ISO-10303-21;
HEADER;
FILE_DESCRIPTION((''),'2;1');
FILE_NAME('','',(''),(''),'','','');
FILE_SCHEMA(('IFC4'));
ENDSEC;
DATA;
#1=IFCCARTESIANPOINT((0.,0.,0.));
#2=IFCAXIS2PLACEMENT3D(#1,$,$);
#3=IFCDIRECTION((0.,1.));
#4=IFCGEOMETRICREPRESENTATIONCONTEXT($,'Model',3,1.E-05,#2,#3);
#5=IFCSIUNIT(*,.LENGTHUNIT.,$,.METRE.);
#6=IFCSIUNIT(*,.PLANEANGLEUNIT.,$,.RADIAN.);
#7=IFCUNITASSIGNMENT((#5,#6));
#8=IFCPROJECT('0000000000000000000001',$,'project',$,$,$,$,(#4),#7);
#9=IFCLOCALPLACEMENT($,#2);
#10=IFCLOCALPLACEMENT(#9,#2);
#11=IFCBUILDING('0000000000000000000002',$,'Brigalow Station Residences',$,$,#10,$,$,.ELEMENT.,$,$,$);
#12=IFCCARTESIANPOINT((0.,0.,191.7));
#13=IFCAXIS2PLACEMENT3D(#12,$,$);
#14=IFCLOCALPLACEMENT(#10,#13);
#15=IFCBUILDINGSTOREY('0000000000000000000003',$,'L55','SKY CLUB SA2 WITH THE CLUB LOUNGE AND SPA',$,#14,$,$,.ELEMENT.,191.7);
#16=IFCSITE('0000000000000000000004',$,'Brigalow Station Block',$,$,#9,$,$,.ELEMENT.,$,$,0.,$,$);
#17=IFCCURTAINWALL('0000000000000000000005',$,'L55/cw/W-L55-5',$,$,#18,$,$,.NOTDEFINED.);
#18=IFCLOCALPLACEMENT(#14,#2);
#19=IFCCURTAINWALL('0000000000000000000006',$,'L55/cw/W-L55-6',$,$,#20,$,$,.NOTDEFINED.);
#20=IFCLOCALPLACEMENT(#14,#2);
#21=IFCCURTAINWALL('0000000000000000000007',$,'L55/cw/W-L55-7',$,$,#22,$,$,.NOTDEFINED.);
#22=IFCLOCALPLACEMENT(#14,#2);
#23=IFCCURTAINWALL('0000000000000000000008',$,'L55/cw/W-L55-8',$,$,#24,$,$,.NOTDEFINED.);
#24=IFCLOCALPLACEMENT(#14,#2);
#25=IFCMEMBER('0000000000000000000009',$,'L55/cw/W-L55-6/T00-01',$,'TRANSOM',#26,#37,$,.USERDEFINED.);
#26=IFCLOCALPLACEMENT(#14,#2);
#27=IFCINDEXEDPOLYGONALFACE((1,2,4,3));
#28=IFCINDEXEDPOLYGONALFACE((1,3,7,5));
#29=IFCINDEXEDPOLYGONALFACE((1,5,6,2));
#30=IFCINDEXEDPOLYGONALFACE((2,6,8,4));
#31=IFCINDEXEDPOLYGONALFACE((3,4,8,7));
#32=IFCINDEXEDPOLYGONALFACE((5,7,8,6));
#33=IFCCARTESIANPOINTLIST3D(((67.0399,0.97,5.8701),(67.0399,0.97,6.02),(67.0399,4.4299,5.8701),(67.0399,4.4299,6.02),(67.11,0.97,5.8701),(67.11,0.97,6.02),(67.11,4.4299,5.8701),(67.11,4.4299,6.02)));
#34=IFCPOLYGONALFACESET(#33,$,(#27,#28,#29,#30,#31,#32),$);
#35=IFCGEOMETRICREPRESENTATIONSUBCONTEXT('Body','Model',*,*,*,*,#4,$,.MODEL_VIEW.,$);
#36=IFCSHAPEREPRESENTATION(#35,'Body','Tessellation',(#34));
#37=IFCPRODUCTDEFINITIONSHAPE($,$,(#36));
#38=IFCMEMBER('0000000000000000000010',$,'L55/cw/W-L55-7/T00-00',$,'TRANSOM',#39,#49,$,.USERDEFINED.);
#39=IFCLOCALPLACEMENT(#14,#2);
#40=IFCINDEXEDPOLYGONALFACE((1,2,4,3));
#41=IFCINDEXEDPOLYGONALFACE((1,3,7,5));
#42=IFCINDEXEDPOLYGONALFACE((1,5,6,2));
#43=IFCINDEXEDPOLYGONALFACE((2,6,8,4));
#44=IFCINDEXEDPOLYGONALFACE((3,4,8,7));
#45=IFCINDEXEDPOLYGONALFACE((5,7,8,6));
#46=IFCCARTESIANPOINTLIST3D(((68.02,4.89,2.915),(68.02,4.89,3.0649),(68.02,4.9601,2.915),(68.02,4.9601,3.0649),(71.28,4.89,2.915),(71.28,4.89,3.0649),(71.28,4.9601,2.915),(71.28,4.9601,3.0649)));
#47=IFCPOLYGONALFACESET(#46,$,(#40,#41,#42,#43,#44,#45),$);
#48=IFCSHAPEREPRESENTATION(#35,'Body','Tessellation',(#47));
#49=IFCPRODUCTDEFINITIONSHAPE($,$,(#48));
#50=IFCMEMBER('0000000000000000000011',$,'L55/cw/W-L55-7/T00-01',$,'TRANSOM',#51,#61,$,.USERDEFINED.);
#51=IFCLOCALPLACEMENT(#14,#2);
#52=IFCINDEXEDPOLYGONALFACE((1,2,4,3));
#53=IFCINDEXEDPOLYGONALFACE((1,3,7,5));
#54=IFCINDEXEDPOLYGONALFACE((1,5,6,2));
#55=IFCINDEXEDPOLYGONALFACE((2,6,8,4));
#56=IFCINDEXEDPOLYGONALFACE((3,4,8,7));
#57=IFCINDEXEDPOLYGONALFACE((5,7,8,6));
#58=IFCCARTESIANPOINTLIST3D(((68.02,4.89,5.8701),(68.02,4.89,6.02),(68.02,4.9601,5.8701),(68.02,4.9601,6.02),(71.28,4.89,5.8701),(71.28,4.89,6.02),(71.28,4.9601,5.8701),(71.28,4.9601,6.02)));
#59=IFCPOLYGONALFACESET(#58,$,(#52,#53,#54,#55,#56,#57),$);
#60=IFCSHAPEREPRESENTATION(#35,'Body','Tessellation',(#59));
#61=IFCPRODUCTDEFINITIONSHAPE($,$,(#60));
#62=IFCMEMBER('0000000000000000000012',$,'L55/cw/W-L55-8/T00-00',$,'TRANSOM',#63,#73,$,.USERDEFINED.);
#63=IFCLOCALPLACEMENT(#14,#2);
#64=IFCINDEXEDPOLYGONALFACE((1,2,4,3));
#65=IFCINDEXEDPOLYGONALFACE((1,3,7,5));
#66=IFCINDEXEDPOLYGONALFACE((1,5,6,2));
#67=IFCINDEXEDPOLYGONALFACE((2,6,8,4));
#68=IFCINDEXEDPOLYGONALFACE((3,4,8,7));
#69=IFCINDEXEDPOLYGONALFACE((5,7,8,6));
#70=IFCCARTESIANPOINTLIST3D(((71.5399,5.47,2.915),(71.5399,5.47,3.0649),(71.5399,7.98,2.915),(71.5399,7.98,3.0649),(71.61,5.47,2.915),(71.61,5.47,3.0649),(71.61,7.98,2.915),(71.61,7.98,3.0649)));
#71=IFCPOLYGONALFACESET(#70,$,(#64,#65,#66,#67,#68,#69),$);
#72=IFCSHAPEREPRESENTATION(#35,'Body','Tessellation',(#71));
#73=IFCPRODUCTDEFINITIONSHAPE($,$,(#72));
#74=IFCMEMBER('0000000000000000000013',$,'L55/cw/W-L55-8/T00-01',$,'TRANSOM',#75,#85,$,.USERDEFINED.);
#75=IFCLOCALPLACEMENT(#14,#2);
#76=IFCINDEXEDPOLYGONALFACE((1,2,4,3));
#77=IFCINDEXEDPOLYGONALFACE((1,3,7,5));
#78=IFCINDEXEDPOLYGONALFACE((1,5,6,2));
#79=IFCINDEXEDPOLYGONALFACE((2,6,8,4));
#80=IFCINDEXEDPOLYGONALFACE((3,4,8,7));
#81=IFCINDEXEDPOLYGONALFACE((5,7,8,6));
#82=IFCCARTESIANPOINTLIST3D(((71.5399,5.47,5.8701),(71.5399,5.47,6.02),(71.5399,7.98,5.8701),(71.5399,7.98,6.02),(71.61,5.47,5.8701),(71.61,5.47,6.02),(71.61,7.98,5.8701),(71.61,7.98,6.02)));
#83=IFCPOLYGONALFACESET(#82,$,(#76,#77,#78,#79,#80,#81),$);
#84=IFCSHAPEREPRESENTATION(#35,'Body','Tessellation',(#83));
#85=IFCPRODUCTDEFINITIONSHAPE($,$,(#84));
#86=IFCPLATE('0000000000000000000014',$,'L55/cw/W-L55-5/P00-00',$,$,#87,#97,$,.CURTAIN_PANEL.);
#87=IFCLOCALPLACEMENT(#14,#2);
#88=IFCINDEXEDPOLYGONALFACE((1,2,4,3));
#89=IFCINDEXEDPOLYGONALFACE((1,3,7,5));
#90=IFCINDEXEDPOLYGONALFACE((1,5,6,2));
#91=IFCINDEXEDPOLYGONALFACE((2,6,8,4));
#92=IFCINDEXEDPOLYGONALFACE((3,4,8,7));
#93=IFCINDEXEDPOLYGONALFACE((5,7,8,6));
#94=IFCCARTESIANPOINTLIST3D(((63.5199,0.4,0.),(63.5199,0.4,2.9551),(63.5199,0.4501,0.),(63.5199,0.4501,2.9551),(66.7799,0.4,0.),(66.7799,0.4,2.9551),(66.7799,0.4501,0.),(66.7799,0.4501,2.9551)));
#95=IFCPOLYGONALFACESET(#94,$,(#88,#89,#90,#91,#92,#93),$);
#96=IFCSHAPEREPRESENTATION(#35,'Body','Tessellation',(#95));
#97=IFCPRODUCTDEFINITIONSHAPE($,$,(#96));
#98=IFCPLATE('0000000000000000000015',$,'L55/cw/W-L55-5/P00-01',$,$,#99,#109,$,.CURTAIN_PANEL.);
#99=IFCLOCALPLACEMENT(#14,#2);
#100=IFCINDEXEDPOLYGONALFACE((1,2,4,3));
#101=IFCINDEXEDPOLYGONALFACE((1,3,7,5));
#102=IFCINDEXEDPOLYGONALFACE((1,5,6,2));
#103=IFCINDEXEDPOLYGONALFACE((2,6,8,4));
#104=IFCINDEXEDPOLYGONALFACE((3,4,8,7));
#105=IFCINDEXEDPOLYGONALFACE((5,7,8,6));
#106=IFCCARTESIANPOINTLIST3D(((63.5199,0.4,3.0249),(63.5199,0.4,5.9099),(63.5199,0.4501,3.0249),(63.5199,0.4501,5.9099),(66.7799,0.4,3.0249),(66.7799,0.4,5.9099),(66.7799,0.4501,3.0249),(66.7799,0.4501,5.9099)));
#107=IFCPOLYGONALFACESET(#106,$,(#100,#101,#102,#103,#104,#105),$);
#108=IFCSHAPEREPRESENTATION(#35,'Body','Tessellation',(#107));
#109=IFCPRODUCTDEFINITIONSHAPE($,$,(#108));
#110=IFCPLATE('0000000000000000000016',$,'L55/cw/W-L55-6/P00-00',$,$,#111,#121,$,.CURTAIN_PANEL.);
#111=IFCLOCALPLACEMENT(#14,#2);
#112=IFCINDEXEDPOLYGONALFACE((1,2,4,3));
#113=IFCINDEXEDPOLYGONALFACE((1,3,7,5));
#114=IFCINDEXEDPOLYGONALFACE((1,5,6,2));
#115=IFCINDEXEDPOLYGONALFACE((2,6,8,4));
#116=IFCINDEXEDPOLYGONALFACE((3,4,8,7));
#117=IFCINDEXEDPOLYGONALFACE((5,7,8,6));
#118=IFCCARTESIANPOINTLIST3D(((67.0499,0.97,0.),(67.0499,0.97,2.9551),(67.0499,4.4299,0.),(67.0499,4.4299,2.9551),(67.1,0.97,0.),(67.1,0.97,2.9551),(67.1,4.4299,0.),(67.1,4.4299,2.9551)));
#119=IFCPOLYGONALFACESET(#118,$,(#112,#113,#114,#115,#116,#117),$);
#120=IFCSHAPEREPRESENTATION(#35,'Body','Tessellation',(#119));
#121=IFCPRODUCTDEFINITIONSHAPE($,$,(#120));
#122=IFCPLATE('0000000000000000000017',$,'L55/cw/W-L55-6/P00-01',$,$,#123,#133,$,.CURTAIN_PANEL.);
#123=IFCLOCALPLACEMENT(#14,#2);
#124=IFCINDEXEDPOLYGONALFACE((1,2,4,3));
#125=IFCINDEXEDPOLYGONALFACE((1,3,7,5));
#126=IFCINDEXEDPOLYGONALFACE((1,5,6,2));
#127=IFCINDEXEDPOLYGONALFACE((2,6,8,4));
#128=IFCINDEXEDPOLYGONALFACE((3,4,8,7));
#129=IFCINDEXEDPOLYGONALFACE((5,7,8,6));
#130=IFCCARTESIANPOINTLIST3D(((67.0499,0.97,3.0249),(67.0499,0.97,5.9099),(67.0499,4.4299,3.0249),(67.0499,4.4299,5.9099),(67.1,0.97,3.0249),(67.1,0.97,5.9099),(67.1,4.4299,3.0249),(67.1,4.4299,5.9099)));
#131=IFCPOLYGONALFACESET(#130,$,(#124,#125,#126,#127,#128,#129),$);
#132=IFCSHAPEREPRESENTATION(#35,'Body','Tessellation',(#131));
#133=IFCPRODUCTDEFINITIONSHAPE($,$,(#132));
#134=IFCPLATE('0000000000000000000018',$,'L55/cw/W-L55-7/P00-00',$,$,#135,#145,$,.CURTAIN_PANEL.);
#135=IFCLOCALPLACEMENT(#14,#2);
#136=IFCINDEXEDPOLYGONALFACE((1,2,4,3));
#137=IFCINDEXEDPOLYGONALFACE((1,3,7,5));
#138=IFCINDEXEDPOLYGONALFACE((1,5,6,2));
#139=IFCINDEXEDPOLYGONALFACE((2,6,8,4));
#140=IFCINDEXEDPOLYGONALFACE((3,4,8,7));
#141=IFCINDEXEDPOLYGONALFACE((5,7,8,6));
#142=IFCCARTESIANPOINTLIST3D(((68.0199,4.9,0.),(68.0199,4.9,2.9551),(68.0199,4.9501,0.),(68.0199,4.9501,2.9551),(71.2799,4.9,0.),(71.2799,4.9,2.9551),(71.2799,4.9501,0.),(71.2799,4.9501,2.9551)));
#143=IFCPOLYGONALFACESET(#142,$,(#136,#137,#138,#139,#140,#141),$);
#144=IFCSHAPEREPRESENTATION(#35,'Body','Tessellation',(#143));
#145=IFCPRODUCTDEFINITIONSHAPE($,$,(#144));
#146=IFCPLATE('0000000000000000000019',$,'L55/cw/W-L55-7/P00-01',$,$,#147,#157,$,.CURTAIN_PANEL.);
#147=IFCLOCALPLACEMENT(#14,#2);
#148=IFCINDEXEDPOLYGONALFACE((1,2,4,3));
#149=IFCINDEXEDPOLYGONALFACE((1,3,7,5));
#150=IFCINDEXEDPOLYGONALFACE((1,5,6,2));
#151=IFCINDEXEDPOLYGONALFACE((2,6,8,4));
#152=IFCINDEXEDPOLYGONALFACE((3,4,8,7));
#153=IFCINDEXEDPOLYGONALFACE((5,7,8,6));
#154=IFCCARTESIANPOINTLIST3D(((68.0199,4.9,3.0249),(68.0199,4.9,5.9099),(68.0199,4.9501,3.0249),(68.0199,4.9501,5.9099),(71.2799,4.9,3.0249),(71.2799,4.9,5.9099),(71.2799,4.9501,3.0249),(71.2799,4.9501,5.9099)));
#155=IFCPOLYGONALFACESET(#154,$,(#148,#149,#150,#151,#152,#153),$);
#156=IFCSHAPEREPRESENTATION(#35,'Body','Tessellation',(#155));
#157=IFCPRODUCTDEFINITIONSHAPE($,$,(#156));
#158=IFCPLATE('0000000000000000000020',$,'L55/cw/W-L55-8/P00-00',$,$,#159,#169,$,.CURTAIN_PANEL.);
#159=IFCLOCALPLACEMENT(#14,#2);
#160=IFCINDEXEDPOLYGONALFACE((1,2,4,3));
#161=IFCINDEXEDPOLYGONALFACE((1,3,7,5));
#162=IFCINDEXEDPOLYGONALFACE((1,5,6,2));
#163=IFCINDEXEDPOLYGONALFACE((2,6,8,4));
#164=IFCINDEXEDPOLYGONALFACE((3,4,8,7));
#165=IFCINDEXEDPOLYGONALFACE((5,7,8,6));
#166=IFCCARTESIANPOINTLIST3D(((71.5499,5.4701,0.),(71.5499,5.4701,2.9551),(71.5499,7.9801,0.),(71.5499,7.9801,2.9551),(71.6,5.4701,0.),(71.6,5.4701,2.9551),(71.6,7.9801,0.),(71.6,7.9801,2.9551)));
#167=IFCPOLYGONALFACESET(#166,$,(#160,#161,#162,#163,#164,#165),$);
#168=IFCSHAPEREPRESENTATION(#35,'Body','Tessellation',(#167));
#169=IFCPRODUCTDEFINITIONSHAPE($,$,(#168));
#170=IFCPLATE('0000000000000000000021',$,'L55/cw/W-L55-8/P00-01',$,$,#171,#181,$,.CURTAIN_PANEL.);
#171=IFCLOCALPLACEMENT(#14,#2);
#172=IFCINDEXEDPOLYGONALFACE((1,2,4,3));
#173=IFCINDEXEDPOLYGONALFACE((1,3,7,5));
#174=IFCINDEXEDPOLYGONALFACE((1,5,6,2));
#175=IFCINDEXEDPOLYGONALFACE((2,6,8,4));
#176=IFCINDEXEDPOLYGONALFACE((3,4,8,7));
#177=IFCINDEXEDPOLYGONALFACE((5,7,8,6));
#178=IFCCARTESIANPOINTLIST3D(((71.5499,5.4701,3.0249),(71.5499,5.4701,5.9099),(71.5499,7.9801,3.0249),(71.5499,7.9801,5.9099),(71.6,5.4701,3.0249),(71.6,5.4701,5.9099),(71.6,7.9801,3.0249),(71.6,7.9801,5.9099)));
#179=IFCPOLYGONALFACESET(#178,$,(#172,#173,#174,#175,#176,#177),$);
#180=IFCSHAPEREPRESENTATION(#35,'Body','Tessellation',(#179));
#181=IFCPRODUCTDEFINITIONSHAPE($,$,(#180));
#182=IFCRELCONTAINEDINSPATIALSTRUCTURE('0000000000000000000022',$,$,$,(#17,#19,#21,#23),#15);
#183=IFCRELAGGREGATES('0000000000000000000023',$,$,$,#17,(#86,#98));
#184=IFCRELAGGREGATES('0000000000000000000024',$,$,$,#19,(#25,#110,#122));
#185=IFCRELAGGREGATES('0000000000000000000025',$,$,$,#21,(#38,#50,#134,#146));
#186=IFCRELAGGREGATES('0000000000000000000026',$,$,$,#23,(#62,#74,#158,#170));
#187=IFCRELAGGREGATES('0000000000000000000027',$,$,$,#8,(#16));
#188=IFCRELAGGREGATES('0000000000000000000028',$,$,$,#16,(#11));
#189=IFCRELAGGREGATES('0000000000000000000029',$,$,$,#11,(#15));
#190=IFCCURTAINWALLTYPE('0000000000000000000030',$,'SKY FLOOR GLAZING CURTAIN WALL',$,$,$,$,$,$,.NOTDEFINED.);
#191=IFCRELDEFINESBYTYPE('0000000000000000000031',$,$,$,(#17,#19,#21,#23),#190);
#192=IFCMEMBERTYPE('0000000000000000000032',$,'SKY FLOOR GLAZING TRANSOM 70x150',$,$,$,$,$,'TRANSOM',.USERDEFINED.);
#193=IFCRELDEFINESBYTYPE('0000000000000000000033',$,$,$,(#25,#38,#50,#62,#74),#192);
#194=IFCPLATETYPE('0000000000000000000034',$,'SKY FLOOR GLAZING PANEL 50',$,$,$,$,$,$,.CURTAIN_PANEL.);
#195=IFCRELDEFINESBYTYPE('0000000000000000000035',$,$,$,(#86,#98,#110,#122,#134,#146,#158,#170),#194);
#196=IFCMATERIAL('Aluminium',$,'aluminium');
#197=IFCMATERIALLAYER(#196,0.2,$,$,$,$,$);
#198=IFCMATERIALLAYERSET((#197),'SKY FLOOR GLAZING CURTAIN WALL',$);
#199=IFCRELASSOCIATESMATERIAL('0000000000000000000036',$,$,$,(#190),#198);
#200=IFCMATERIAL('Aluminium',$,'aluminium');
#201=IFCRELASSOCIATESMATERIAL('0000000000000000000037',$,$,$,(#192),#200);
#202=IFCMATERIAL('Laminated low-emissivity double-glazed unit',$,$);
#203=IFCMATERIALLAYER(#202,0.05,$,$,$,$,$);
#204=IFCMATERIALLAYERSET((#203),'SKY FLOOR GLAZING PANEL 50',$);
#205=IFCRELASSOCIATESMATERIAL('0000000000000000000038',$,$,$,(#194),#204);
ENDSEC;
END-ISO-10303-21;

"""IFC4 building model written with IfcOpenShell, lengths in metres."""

from ifc_helpers import new_model, si_unit, direction, frame, origin, origin_2d, place, context, subcontext, project, spatial, rectangle, extrude, material, layer, layer_set, material_profile, profile_set, type_object, element, aggregate, save


model = new_model("IFC4")

# Units and contexts
model_context = context("Model", 3, precision=1e-05, world=origin(), true_north=direction((0.0, 1.0)))
body_context = subcontext(model_context, "Body", "Model", "MODEL_VIEW")
ifc_project = project(units=[si_unit("LENGTHUNIT", "METRE"), si_unit("PLANEANGLEUNIT", "RADIAN")], contexts=[model_context])

# Site, building, storey
site_placement = place(None, origin())
site = spatial("IfcSite", under=ifc_project, at=site_placement, Name="Brigalow Station Block", CompositionType="ELEMENT", RefElevation=0.0)
building_placement = place(site_placement, origin())
building = spatial("IfcBuilding", under=site, at=building_placement, Name="Brigalow Station Residences", CompositionType="ELEMENT")
storey_placement = place(building_placement, frame((0.0, 0.0, 191.7)))
storey = spatial("IfcBuildingStorey", under=building, at=storey_placement, Name="L55", Description="SKY CLUB SA2 WITH THE CLUB LOUNGE AND SPA", CompositionType="ELEMENT", Elevation=191.7)

# Curtain walls
ifc_material_1 = material(Name="Aluminium", Category="aluminium")
ifc_layer_1 = layer(ifc_material_1, 0.2)
ifc_layer_set_1 = layer_set([ifc_layer_1], Name="SKY FLOOR GLAZING CURTAIN WALL")
curtain_wall_type = type_object("IfcCurtainWallType", Name="SKY FLOOR GLAZING CURTAIN WALL", PredefinedType="NOTDEFINED", material=ifc_layer_set_1)
curtain_wall_1_placement = place(storey_placement, origin())
curtain_wall_1 = element("IfcCurtainWall", 1, at=curtain_wall_1_placement, inside=storey, type_object=curtain_wall_type, Name="L55/cw/W-L55-5", PredefinedType="NOTDEFINED")
curtain_wall_2_placement = place(storey_placement, origin())
curtain_wall_2 = element("IfcCurtainWall", 2, at=curtain_wall_2_placement, inside=storey, type_object=curtain_wall_type, Name="L55/cw/W-L55-6", PredefinedType="NOTDEFINED")
curtain_wall_3_placement = place(storey_placement, origin())
curtain_wall_3 = element("IfcCurtainWall", 3, at=curtain_wall_3_placement, inside=storey, type_object=curtain_wall_type, Name="L55/cw/W-L55-7", PredefinedType="NOTDEFINED")
curtain_wall_4_placement = place(storey_placement, origin())
curtain_wall_4 = element("IfcCurtainWall", 4, at=curtain_wall_4_placement, inside=storey, type_object=curtain_wall_type, Name="L55/cw/W-L55-8", PredefinedType="NOTDEFINED")

# Members
ifc_material_2 = material(Name="Aluminium", Category="aluminium")
ifc_material_profile_1 = material_profile(ifc_material_2, rectangle(XDim=0.0701, YDim=0.1499, at=origin_2d()), Name="SKY FLOOR GLAZING TRANSOM 70x150")
ifc_profile_set_1 = profile_set([ifc_material_profile_1], Name="Aluminium")
member_type_1 = type_object("IfcMemberType", Name="SKY FLOOR GLAZING TRANSOM 70x150", ElementType="TRANSOM", PredefinedType="USERDEFINED", material=ifc_profile_set_1)
member_1_placement = place(storey_placement, frame((67.075, 0.97, 5.9451), z_axis=(0.0, 1.0, 0.0), x_axis=(-1.0, 0.0, 0.0)))
member_1 = element("IfcMember", 5, at=member_1_placement, type_object=member_type_1, Name="L55/cw/W-L55-6/T00-01", ObjectType="TRANSOM", PredefinedType="USERDEFINED", context=body_context, shape_type="SweptSolid", body=[
    extrude(rectangle(XDim=0.0701, YDim=0.1499, at=origin_2d()), origin(), (0.0, 0.0, 1.0), 3.46),
])
member_2_placement = place(storey_placement, frame((68.02, 4.925, 2.99), z_axis=(1.0, 0.0, 0.0), x_axis=(0.0, 1.0, 0.0)))
member_2 = element("IfcMember", 6, at=member_2_placement, type_object=member_type_1, Name="L55/cw/W-L55-7/T00-00", ObjectType="TRANSOM", PredefinedType="USERDEFINED", context=body_context, shape_type="SweptSolid", body=[
    extrude(rectangle(XDim=0.0701, YDim=0.1499, at=origin_2d()), origin(), (0.0, 0.0, 1.0), 3.26),
])
member_3_placement = place(storey_placement, frame((68.02, 4.925, 5.9451), z_axis=(1.0, 0.0, 0.0), x_axis=(0.0, 1.0, 0.0)))
member_3 = element("IfcMember", 7, at=member_3_placement, type_object=member_type_1, Name="L55/cw/W-L55-7/T00-01", ObjectType="TRANSOM", PredefinedType="USERDEFINED", context=body_context, shape_type="SweptSolid", body=[
    extrude(rectangle(XDim=0.0701, YDim=0.1499, at=origin_2d()), origin(), (0.0, 0.0, 1.0), 3.26),
])
member_4_placement = place(storey_placement, frame((71.575, 5.47, 2.99), z_axis=(0.0, 1.0, 0.0), x_axis=(-1.0, 0.0, 0.0)))
member_4 = element("IfcMember", 8, at=member_4_placement, type_object=member_type_1, Name="L55/cw/W-L55-8/T00-00", ObjectType="TRANSOM", PredefinedType="USERDEFINED", context=body_context, shape_type="SweptSolid", body=[
    extrude(rectangle(XDim=0.0701, YDim=0.1499, at=origin_2d()), origin(), (0.0, 0.0, 1.0), 2.51),
])
member_5_placement = place(storey_placement, frame((71.575, 5.47, 5.9451), z_axis=(0.0, 1.0, 0.0), x_axis=(-1.0, 0.0, 0.0)))
member_5 = element("IfcMember", 9, at=member_5_placement, type_object=member_type_1, Name="L55/cw/W-L55-8/T00-01", ObjectType="TRANSOM", PredefinedType="USERDEFINED", context=body_context, shape_type="SweptSolid", body=[
    extrude(rectangle(XDim=0.0701, YDim=0.1499, at=origin_2d()), origin(), (0.0, 0.0, 1.0), 2.51),
])

# Plates
ifc_material_3 = material(Name="Laminated low-emissivity double-glazed unit")
ifc_layer_2 = layer(ifc_material_3, 0.05)
ifc_layer_set_2 = layer_set([ifc_layer_2], Name="SKY FLOOR GLAZING PANEL 50")
plate_type = type_object("IfcPlateType", Name="SKY FLOOR GLAZING PANEL 50", PredefinedType="CURTAIN_PANEL", material=ifc_layer_set_2)
plate_1_placement = place(storey_placement, frame((65.1499, 0.425, 0.0), z_axis=(0.0, 0.0, 1.0), x_axis=(1.0, 0.0, 0.0)))
plate_1 = element("IfcPlate", 10, at=plate_1_placement, type_object=plate_type, Name="L55/cw/W-L55-5/P00-00", PredefinedType="CURTAIN_PANEL", context=body_context, shape_type="SweptSolid", body=[
    extrude(rectangle(XDim=3.26, YDim=0.05, at=origin_2d()), origin(), (0.0, 0.0, 1.0), 2.9551),
])
plate_2_placement = place(storey_placement, frame((65.1499, 0.425, 3.0249), z_axis=(0.0, 0.0, 1.0), x_axis=(1.0, 0.0, 0.0)))
plate_2 = element("IfcPlate", 11, at=plate_2_placement, type_object=plate_type, Name="L55/cw/W-L55-5/P00-01", PredefinedType="CURTAIN_PANEL", context=body_context, shape_type="SweptSolid", body=[
    extrude(rectangle(XDim=3.26, YDim=0.05, at=origin_2d()), origin(), (0.0, 0.0, 1.0), 2.885),
])
aggregate(curtain_wall_1, [plate_1, plate_2])
plate_3_placement = place(storey_placement, frame((67.075, 2.7, 0.0), z_axis=(0.0, 0.0, 1.0), x_axis=(0.0, 1.0, 0.0)))
plate_3 = element("IfcPlate", 12, at=plate_3_placement, type_object=plate_type, Name="L55/cw/W-L55-6/P00-00", PredefinedType="CURTAIN_PANEL", context=body_context, shape_type="SweptSolid", body=[
    extrude(rectangle(XDim=3.46, YDim=0.05, at=origin_2d()), origin(), (0.0, 0.0, 1.0), 2.9551),
])
plate_4_placement = place(storey_placement, frame((67.075, 2.7, 3.0249), z_axis=(0.0, 0.0, 1.0), x_axis=(0.0, 1.0, 0.0)))
plate_4 = element("IfcPlate", 13, at=plate_4_placement, type_object=plate_type, Name="L55/cw/W-L55-6/P00-01", PredefinedType="CURTAIN_PANEL", context=body_context, shape_type="SweptSolid", body=[
    extrude(rectangle(XDim=3.46, YDim=0.05, at=origin_2d()), origin(), (0.0, 0.0, 1.0), 2.885),
])
aggregate(curtain_wall_2, [member_1, plate_3, plate_4])
plate_5_placement = place(storey_placement, frame((69.6499, 4.925, 0.0), z_axis=(0.0, 0.0, 1.0), x_axis=(1.0, 0.0, 0.0)))
plate_5 = element("IfcPlate", 14, at=plate_5_placement, type_object=plate_type, Name="L55/cw/W-L55-7/P00-00", PredefinedType="CURTAIN_PANEL", context=body_context, shape_type="SweptSolid", body=[
    extrude(rectangle(XDim=3.26, YDim=0.05, at=origin_2d()), origin(), (0.0, 0.0, 1.0), 2.9551),
])
plate_6_placement = place(storey_placement, frame((69.6499, 4.925, 3.0249), z_axis=(0.0, 0.0, 1.0), x_axis=(1.0, 0.0, 0.0)))
plate_6 = element("IfcPlate", 15, at=plate_6_placement, type_object=plate_type, Name="L55/cw/W-L55-7/P00-01", PredefinedType="CURTAIN_PANEL", context=body_context, shape_type="SweptSolid", body=[
    extrude(rectangle(XDim=3.26, YDim=0.05, at=origin_2d()), origin(), (0.0, 0.0, 1.0), 2.885),
])
aggregate(curtain_wall_3, [member_2, member_3, plate_5, plate_6])
plate_7_placement = place(storey_placement, frame((71.575, 6.7251, 0.0), z_axis=(0.0, 0.0, 1.0), x_axis=(0.0, 1.0, 0.0)))
plate_7 = element("IfcPlate", 16, at=plate_7_placement, type_object=plate_type, Name="L55/cw/W-L55-8/P00-00", PredefinedType="CURTAIN_PANEL", context=body_context, shape_type="SweptSolid", body=[
    extrude(rectangle(XDim=2.51, YDim=0.05, at=origin_2d()), origin(), (0.0, 0.0, 1.0), 2.9551),
])
plate_8_placement = place(storey_placement, frame((71.575, 6.7251, 3.0249), z_axis=(0.0, 0.0, 1.0), x_axis=(0.0, 1.0, 0.0)))
plate_8 = element("IfcPlate", 17, at=plate_8_placement, type_object=plate_type, Name="L55/cw/W-L55-8/P00-01", PredefinedType="CURTAIN_PANEL", context=body_context, shape_type="SweptSolid", body=[
    extrude(rectangle(XDim=2.51, YDim=0.05, at=origin_2d()), origin(), (0.0, 0.0, 1.0), 2.885),
])
aggregate(curtain_wall_4, [member_4, member_5, plate_7, plate_8])

save(model, "model.ifc")
